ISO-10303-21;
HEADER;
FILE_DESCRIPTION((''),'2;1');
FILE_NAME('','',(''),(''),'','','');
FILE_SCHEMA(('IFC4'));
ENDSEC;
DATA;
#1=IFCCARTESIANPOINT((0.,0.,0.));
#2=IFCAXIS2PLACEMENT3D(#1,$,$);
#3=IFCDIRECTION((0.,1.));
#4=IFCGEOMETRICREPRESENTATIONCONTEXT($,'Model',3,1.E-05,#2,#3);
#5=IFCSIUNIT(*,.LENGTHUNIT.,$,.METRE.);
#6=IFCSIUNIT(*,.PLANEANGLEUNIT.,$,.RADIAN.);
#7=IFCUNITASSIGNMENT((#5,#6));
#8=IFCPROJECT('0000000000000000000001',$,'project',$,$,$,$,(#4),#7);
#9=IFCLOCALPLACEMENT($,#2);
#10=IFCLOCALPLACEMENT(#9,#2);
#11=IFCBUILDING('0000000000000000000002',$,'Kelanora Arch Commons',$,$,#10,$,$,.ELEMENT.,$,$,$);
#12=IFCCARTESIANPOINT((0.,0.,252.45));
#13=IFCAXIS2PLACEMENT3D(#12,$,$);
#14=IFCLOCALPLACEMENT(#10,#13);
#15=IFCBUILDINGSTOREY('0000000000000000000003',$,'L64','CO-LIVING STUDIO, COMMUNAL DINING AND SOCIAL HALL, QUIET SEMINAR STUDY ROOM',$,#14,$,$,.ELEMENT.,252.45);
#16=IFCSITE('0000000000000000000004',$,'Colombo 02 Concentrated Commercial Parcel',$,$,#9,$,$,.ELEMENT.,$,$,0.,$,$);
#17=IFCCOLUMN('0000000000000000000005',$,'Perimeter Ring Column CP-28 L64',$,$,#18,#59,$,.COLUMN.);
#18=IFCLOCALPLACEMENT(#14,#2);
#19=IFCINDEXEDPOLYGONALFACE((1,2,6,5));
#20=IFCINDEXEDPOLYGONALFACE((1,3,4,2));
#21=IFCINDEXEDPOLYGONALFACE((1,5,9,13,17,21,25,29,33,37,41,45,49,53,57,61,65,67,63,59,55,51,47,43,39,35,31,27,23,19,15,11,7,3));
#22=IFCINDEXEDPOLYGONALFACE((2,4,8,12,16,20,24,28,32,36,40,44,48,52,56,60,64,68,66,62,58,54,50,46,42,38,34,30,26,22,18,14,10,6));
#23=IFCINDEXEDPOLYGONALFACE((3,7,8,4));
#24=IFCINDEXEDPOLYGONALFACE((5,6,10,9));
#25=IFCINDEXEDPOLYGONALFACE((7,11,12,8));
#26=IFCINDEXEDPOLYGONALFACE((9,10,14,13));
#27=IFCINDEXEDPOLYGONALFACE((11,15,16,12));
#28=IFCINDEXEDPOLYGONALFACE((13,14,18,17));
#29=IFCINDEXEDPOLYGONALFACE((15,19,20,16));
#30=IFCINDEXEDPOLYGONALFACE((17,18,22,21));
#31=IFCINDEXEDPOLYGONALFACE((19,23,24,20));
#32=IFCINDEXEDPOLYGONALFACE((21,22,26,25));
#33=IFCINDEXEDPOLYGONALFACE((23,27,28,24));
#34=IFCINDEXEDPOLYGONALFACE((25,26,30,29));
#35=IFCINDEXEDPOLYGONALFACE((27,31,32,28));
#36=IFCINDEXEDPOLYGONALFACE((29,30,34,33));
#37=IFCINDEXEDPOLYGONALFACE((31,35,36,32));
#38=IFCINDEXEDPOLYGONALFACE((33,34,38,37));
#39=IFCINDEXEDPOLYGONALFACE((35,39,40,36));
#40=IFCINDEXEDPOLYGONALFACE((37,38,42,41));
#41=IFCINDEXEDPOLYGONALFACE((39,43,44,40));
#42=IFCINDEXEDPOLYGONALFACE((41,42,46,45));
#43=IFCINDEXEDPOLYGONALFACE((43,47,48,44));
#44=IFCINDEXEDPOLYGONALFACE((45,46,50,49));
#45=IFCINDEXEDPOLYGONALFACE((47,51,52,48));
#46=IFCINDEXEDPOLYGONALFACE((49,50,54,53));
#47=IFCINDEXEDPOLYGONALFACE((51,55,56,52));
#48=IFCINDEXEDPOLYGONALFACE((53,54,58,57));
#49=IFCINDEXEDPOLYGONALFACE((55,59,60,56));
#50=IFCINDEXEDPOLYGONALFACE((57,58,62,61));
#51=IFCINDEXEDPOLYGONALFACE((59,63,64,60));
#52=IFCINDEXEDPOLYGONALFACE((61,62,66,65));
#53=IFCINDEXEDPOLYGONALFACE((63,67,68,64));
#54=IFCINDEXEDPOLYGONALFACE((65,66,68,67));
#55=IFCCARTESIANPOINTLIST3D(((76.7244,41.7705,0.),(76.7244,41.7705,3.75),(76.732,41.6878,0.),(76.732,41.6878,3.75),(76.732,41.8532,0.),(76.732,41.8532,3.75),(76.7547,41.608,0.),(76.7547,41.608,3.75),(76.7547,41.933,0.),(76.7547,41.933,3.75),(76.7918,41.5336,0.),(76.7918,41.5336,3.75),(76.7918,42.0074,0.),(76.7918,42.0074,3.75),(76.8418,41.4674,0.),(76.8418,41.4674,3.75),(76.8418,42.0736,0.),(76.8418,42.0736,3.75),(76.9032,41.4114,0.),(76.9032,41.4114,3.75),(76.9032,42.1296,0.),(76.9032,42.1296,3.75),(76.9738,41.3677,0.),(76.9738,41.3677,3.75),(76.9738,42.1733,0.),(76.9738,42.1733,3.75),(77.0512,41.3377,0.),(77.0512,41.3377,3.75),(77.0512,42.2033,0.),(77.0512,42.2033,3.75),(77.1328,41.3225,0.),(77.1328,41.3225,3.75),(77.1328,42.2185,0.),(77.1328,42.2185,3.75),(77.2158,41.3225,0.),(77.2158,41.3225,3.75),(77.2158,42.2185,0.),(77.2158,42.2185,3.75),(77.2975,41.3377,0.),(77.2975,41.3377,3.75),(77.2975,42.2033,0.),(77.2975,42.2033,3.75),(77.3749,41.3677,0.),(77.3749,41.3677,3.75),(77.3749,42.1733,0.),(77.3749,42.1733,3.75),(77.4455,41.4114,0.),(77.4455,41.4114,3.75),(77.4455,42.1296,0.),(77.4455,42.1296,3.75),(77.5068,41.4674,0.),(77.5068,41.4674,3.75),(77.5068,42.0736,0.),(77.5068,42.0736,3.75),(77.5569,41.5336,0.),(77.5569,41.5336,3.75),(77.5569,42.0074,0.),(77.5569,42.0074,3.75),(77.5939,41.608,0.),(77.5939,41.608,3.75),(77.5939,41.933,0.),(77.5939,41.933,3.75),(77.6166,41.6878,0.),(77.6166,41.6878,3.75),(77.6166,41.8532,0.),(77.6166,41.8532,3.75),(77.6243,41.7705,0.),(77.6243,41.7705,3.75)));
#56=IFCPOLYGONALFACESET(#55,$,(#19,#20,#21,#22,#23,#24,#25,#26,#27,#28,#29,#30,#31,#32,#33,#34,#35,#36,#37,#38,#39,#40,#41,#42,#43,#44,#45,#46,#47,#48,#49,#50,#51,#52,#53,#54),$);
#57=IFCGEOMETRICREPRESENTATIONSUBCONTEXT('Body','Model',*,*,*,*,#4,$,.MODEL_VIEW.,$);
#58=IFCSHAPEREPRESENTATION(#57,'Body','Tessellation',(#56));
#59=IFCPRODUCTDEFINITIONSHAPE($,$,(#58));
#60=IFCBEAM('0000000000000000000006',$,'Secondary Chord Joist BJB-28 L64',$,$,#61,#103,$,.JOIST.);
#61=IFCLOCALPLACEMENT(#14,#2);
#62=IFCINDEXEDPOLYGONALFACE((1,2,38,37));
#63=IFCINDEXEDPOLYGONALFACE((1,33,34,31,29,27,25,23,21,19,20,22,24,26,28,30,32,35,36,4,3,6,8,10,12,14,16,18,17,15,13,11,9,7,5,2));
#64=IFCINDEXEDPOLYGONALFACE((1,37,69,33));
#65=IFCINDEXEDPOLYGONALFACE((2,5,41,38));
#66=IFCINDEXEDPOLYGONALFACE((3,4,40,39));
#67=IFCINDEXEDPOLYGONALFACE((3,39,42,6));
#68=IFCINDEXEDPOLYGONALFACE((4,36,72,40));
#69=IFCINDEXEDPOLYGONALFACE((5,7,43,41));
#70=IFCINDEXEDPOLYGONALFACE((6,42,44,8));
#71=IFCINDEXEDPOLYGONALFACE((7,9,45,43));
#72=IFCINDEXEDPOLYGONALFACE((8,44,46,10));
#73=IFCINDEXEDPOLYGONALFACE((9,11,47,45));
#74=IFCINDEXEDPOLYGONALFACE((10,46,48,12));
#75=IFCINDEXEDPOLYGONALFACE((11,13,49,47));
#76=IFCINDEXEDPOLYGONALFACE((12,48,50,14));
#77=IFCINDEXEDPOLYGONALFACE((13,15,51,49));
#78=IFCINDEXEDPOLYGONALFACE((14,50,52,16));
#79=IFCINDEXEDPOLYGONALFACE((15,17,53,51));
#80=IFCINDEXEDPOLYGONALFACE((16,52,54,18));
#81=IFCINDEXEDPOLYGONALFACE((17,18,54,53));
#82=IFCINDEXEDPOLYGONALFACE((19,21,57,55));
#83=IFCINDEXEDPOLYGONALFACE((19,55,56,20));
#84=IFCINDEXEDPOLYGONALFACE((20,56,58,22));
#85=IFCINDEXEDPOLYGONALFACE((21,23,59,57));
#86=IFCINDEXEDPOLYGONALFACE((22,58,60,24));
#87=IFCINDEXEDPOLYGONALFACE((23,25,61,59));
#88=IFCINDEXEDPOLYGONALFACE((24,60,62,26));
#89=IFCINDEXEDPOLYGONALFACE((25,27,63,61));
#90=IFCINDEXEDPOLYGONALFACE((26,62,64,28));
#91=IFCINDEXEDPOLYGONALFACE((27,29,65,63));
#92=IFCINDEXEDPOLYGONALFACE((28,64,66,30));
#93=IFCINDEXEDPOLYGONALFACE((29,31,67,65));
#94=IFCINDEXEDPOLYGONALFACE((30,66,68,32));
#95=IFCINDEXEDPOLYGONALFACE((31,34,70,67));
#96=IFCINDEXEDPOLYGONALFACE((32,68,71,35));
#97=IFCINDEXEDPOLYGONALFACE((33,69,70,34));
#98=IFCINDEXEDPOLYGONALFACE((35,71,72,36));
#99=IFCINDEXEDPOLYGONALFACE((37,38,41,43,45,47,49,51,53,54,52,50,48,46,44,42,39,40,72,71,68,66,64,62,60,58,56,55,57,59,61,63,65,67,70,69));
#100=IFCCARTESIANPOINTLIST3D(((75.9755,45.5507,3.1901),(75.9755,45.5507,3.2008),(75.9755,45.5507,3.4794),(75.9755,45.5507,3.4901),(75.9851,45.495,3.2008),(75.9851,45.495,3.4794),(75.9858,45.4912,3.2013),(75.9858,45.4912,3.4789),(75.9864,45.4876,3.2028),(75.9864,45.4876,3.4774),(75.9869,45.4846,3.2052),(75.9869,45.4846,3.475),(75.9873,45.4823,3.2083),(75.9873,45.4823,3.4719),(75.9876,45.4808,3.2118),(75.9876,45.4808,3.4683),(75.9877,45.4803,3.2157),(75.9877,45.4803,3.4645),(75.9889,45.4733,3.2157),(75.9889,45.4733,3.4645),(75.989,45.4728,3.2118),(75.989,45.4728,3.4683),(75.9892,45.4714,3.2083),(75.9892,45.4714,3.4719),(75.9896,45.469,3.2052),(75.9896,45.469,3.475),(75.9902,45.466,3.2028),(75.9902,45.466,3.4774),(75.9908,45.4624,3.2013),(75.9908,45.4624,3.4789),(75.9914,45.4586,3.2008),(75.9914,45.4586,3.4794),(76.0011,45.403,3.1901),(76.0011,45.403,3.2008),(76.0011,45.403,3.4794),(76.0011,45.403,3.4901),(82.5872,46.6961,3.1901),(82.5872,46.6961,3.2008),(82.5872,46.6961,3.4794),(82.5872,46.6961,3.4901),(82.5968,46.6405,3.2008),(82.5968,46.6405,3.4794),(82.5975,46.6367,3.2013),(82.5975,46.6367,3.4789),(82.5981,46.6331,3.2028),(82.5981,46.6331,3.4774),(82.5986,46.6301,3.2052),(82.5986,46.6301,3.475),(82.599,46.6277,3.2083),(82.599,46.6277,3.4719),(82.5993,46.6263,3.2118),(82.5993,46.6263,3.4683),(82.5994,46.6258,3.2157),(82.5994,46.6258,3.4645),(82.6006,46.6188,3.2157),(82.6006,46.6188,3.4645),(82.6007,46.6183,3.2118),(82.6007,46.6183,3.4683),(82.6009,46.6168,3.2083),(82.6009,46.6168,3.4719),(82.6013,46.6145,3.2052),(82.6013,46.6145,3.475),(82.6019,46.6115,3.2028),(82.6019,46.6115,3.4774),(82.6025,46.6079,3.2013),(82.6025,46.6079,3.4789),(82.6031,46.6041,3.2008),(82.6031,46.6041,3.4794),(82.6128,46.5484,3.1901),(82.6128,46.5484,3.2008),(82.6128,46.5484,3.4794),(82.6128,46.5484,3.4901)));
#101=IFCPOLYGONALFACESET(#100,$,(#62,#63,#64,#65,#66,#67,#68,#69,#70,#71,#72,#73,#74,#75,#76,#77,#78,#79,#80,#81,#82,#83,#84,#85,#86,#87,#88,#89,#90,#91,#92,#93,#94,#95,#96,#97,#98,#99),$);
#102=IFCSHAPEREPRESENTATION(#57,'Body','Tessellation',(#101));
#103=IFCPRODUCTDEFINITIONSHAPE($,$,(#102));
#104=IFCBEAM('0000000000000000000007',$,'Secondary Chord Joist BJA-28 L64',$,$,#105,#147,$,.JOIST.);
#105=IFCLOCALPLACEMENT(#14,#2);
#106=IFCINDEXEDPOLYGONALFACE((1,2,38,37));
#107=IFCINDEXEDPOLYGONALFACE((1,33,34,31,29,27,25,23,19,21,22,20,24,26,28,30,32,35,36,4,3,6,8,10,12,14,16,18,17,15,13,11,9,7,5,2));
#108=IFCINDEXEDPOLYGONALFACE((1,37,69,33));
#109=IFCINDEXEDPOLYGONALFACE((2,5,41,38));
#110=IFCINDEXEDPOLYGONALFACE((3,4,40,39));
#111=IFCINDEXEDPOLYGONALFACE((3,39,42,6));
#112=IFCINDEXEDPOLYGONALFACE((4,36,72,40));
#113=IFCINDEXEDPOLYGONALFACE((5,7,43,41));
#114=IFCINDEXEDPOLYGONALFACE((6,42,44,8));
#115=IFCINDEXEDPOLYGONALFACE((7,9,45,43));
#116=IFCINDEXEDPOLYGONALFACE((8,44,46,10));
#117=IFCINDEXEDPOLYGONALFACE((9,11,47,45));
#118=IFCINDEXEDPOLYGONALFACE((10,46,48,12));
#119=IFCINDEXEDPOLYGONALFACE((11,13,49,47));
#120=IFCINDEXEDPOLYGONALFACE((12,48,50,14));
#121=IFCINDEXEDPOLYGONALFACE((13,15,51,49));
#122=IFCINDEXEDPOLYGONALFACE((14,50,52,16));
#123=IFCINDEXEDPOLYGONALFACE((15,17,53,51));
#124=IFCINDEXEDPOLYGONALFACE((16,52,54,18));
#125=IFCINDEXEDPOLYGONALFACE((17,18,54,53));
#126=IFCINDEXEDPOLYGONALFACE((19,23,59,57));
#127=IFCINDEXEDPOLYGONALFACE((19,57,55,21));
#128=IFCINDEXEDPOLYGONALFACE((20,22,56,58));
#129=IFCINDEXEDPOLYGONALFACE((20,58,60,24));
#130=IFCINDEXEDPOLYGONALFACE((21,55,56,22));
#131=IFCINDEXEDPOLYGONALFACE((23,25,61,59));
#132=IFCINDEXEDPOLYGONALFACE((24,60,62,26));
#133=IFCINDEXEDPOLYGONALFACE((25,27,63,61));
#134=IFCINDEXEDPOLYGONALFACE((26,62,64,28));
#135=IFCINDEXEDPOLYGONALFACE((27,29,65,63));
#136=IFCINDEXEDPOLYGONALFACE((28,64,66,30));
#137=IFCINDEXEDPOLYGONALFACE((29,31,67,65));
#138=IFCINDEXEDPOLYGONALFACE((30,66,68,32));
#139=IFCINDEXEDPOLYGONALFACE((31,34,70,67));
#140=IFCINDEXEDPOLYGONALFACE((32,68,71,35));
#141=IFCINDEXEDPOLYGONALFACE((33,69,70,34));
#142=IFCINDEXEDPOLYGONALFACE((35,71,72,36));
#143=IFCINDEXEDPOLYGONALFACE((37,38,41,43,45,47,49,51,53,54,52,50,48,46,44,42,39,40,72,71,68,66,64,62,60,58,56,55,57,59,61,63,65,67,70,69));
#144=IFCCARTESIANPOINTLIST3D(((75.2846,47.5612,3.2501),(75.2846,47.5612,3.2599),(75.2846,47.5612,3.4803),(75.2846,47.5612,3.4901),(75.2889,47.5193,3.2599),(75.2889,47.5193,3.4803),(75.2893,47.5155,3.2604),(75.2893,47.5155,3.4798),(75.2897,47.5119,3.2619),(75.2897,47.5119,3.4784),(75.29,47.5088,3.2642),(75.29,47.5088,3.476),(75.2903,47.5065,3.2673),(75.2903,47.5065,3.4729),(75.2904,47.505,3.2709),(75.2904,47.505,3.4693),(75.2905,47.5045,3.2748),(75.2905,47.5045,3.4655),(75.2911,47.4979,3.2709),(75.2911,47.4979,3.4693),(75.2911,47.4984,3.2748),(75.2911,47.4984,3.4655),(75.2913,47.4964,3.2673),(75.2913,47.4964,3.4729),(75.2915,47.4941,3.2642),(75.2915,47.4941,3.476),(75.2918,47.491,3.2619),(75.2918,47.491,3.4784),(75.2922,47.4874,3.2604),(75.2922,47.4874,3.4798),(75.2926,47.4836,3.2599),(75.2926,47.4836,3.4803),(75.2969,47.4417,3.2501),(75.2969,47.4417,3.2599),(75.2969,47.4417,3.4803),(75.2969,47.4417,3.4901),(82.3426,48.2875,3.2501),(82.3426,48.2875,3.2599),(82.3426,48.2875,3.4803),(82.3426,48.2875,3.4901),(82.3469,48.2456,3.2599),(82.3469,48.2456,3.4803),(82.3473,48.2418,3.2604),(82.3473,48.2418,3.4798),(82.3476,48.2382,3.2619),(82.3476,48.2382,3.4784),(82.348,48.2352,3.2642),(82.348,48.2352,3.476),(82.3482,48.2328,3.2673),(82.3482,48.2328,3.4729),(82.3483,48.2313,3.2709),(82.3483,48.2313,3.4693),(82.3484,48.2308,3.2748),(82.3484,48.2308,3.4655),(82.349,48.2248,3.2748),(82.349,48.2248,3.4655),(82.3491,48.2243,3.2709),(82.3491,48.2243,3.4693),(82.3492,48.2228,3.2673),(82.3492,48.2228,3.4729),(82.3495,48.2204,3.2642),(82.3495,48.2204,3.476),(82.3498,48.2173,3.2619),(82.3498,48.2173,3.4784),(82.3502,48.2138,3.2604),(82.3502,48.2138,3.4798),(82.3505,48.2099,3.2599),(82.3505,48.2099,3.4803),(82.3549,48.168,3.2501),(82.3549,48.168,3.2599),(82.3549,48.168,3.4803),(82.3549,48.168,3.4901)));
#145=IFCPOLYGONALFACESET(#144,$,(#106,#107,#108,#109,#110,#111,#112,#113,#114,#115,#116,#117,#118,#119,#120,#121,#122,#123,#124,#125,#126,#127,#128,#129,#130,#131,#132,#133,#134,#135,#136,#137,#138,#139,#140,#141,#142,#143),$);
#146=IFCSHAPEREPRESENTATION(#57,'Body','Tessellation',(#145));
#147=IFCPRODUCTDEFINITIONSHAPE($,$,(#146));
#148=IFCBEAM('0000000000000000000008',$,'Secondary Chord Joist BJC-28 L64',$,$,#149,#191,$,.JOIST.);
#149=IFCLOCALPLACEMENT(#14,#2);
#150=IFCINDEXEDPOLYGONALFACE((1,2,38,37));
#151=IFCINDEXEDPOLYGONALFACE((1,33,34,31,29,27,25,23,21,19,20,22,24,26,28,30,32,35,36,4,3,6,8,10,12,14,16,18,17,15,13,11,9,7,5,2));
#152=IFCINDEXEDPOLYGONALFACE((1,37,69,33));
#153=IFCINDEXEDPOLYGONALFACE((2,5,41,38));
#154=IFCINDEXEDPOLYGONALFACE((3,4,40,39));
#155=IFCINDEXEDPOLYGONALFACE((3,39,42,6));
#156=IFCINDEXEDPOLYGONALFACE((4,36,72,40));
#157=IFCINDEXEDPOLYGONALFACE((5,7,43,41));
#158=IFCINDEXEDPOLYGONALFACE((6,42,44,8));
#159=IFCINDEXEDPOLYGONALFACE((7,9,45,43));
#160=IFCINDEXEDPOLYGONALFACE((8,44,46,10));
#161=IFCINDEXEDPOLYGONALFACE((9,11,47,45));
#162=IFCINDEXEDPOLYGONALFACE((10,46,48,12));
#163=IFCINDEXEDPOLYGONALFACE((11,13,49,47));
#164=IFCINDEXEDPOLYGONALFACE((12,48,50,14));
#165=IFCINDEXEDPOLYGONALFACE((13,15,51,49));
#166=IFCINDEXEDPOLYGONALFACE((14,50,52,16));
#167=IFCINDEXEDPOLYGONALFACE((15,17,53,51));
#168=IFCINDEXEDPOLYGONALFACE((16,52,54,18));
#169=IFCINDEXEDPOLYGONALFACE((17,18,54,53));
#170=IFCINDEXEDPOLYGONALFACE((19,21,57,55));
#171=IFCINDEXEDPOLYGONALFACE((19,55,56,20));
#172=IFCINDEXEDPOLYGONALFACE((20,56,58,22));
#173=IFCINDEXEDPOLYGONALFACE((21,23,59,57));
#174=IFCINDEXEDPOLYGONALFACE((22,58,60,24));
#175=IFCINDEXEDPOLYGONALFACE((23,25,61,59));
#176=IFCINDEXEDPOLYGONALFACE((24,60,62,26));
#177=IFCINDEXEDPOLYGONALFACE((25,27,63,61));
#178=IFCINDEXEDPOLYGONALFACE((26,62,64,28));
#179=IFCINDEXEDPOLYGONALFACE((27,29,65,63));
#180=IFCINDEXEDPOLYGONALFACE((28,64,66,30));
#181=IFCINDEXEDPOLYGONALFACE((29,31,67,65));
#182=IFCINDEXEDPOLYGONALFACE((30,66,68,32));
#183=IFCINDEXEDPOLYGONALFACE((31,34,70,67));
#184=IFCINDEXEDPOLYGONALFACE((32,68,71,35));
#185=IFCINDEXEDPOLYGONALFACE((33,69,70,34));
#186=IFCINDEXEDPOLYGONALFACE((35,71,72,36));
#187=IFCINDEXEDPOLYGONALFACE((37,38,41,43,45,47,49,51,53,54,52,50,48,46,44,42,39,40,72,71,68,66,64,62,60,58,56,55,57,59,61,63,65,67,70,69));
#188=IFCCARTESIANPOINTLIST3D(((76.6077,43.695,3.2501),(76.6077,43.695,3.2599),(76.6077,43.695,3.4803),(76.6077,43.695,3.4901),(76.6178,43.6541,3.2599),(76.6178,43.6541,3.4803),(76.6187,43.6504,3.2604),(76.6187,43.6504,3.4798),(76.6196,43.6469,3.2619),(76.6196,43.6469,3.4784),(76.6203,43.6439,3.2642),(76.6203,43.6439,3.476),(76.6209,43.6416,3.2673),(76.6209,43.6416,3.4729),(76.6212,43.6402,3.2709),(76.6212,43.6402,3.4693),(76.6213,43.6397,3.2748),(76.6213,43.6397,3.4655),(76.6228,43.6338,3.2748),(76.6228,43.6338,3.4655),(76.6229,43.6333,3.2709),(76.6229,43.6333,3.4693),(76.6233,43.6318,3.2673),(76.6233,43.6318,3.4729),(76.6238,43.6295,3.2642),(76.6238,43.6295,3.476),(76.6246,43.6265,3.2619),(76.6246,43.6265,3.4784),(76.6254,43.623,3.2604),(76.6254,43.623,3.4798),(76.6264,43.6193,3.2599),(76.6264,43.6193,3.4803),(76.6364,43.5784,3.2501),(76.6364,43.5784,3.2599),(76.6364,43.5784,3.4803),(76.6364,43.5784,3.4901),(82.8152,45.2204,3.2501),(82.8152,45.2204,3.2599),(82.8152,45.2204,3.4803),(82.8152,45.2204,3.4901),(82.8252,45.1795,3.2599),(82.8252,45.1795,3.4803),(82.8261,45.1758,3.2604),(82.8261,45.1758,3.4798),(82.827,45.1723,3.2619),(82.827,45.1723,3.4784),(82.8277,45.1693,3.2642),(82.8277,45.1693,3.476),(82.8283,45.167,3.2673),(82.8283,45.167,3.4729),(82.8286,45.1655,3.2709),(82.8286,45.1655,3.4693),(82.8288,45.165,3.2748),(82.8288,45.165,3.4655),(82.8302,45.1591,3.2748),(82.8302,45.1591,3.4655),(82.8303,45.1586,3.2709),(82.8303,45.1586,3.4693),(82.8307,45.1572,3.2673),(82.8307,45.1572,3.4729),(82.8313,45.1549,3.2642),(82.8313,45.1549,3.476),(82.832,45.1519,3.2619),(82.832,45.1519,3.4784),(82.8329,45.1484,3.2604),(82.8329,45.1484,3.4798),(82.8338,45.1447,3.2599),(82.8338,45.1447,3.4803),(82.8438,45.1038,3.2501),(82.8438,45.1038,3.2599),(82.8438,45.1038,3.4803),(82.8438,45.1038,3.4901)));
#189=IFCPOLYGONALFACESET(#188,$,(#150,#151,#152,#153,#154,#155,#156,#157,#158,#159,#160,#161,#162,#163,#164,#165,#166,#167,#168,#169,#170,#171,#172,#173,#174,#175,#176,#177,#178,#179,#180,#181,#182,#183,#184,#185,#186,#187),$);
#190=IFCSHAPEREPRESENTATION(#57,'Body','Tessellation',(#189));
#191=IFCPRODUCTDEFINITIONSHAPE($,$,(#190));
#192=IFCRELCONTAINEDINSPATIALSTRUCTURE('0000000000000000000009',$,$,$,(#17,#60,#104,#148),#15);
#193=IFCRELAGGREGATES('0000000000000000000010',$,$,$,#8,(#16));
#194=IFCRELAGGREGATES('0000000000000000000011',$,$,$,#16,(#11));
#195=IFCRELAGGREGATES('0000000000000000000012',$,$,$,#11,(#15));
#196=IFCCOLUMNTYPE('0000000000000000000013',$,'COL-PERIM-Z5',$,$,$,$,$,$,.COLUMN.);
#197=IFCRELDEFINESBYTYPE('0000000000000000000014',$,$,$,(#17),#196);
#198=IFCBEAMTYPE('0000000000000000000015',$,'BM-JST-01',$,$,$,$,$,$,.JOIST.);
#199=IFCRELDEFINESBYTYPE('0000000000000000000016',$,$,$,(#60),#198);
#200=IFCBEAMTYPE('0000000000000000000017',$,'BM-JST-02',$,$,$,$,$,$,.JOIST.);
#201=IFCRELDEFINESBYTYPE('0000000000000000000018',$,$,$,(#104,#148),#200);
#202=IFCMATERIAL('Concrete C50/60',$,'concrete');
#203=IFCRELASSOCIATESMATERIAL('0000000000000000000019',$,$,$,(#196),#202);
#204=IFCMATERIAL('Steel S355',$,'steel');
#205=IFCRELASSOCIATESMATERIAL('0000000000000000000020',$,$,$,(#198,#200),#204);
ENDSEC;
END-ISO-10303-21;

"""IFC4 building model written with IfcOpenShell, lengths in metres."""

from ifc_helpers import new_model, si_unit, direction, frame, origin, origin_2d, place, context, subcontext, project, spatial, circle, i_section, extrude, material, material_profile, profile_set, type_object, element, save


model = new_model("IFC4")

# Units and contexts
model_context = context("Model", 3, precision=1e-05, world=origin(), true_north=direction((0.0, 1.0)))
body_context = subcontext(model_context, "Body", "Model", "MODEL_VIEW")
ifc_project = project(units=[si_unit("LENGTHUNIT", "METRE"), si_unit("PLANEANGLEUNIT", "RADIAN")], contexts=[model_context])

# Site, building, storey
site_placement = place(None, origin())
site = spatial("IfcSite", under=ifc_project, at=site_placement, Name="Colombo 02 Concentrated Commercial Parcel", CompositionType="ELEMENT", RefElevation=0.0)
building_placement = place(site_placement, origin())
building = spatial("IfcBuilding", under=site, at=building_placement, Name="Kelanora Arch Commons", CompositionType="ELEMENT")
storey_placement = place(building_placement, frame((0.0, 0.0, 252.45)))
storey = spatial("IfcBuildingStorey", under=building, at=storey_placement, Name="L64", Description="CO-LIVING STUDIO, COMMUNAL DINING AND SOCIAL HALL, QUIET SEMINAR STUDY ROOM", CompositionType="ELEMENT", Elevation=252.45)

# Column
ifc_material_1 = material(Name="Concrete C50/60", Category="concrete")
ifc_material_profile_1 = material_profile(ifc_material_1, circle(Radius=0.45, at=origin_2d()), Name="RCC900")
ifc_profile_set_1 = profile_set([ifc_material_profile_1], Name="Concrete C50/60")
column_type = type_object("IfcColumnType", Name="COL-PERIM-Z5", PredefinedType="COLUMN", material=ifc_profile_set_1)
column_placement = place(storey_placement, frame((77.1743, 41.7705, 0.0), z_axis=(0.0, 0.0, 1.0), x_axis=(1.0, 0.0, 0.0)))
element("IfcColumn", 1, at=column_placement, inside=storey, type_object=column_type, Name="Perimeter Ring Column CP-28 L64", PredefinedType="COLUMN", context=body_context, shape_type="SweptSolid", body=[
    extrude(circle(Radius=0.45, at=origin_2d()), origin(), (0.0, 0.0, 1.0), 3.75),
])

# Beams
ifc_material_2 = material(Name="Steel S355", Category="steel")
ifc_material_profile_2 = material_profile(ifc_material_2, i_section(OverallWidth=0.1499, OverallDepth=0.3, WebThickness=0.0071, FlangeThickness=0.0107, FilletRadius=0.0149, at=origin_2d()), Name="IPE300")
ifc_profile_set_2 = profile_set([ifc_material_profile_2], Name="Steel S355")
beam_type_1 = type_object("IfcBeamType", Name="BM-JST-01", PredefinedType="JOIST", material=ifc_profile_set_2)
beam_1_placement = place(storey_placement, frame((75.9883, 45.4768, 3.3401), z_axis=(0.985322, 0.170709, 0.0), x_axis=(-0.170709, 0.985322, 0.0)))
element("IfcBeam", 2, at=beam_1_placement, inside=storey, type_object=beam_type_1, Name="Secondary Chord Joist BJB-28 L64", PredefinedType="JOIST", context=body_context, shape_type="SweptSolid", body=[
    extrude(i_section(OverallWidth=0.1499, OverallDepth=0.3, WebThickness=0.0071, FlangeThickness=0.0107, FilletRadius=0.0149, at=origin_2d()), origin(), (0.0, 0.0, 1.0), 6.7102),
])
ifc_material_profile_3 = material_profile(ifc_material_2, i_section(OverallWidth=0.1201, OverallDepth=0.24, WebThickness=0.0061, FlangeThickness=0.0098, FilletRadius=0.0149, at=origin_2d()), Name="IPE240")
ifc_profile_set_3 = profile_set([ifc_material_profile_3], Name="Steel S355")
beam_type_2 = type_object("IfcBeamType", Name="BM-JST-02", PredefinedType="JOIST", material=ifc_profile_set_3)
beam_2_placement = place(storey_placement, frame((75.2908, 47.5015, 3.3701), z_axis=(0.994747, 0.102369, 0.0), x_axis=(-0.102369, 0.994747, 0.0)))
element("IfcBeam", 3, at=beam_2_placement, inside=storey, type_object=beam_type_2, Name="Secondary Chord Joist BJA-28 L64", PredefinedType="JOIST", context=body_context, shape_type="SweptSolid", body=[
    extrude(i_section(OverallWidth=0.1201, OverallDepth=0.24, WebThickness=0.0061, FlangeThickness=0.0098, FilletRadius=0.0149, at=origin_2d()), origin(), (0.0, 0.0, 1.0), 7.0952),
])
beam_3_placement = place(storey_placement, frame((76.6221, 43.6367, 3.3701), z_axis=(0.97111, 0.238633, 0.0), x_axis=(-0.238633, 0.97111, 0.0)))
element("IfcBeam", 4, at=beam_3_placement, inside=storey, type_object=beam_type_2, Name="Secondary Chord Joist BJC-28 L64", PredefinedType="JOIST", context=body_context, shape_type="SweptSolid", body=[
    extrude(i_section(OverallWidth=0.1201, OverallDepth=0.24, WebThickness=0.0061, FlangeThickness=0.0098, FilletRadius=0.0149, at=origin_2d()), origin(), (0.0, 0.0, 1.0), 6.3921),
])

save(model, "model.ifc")
